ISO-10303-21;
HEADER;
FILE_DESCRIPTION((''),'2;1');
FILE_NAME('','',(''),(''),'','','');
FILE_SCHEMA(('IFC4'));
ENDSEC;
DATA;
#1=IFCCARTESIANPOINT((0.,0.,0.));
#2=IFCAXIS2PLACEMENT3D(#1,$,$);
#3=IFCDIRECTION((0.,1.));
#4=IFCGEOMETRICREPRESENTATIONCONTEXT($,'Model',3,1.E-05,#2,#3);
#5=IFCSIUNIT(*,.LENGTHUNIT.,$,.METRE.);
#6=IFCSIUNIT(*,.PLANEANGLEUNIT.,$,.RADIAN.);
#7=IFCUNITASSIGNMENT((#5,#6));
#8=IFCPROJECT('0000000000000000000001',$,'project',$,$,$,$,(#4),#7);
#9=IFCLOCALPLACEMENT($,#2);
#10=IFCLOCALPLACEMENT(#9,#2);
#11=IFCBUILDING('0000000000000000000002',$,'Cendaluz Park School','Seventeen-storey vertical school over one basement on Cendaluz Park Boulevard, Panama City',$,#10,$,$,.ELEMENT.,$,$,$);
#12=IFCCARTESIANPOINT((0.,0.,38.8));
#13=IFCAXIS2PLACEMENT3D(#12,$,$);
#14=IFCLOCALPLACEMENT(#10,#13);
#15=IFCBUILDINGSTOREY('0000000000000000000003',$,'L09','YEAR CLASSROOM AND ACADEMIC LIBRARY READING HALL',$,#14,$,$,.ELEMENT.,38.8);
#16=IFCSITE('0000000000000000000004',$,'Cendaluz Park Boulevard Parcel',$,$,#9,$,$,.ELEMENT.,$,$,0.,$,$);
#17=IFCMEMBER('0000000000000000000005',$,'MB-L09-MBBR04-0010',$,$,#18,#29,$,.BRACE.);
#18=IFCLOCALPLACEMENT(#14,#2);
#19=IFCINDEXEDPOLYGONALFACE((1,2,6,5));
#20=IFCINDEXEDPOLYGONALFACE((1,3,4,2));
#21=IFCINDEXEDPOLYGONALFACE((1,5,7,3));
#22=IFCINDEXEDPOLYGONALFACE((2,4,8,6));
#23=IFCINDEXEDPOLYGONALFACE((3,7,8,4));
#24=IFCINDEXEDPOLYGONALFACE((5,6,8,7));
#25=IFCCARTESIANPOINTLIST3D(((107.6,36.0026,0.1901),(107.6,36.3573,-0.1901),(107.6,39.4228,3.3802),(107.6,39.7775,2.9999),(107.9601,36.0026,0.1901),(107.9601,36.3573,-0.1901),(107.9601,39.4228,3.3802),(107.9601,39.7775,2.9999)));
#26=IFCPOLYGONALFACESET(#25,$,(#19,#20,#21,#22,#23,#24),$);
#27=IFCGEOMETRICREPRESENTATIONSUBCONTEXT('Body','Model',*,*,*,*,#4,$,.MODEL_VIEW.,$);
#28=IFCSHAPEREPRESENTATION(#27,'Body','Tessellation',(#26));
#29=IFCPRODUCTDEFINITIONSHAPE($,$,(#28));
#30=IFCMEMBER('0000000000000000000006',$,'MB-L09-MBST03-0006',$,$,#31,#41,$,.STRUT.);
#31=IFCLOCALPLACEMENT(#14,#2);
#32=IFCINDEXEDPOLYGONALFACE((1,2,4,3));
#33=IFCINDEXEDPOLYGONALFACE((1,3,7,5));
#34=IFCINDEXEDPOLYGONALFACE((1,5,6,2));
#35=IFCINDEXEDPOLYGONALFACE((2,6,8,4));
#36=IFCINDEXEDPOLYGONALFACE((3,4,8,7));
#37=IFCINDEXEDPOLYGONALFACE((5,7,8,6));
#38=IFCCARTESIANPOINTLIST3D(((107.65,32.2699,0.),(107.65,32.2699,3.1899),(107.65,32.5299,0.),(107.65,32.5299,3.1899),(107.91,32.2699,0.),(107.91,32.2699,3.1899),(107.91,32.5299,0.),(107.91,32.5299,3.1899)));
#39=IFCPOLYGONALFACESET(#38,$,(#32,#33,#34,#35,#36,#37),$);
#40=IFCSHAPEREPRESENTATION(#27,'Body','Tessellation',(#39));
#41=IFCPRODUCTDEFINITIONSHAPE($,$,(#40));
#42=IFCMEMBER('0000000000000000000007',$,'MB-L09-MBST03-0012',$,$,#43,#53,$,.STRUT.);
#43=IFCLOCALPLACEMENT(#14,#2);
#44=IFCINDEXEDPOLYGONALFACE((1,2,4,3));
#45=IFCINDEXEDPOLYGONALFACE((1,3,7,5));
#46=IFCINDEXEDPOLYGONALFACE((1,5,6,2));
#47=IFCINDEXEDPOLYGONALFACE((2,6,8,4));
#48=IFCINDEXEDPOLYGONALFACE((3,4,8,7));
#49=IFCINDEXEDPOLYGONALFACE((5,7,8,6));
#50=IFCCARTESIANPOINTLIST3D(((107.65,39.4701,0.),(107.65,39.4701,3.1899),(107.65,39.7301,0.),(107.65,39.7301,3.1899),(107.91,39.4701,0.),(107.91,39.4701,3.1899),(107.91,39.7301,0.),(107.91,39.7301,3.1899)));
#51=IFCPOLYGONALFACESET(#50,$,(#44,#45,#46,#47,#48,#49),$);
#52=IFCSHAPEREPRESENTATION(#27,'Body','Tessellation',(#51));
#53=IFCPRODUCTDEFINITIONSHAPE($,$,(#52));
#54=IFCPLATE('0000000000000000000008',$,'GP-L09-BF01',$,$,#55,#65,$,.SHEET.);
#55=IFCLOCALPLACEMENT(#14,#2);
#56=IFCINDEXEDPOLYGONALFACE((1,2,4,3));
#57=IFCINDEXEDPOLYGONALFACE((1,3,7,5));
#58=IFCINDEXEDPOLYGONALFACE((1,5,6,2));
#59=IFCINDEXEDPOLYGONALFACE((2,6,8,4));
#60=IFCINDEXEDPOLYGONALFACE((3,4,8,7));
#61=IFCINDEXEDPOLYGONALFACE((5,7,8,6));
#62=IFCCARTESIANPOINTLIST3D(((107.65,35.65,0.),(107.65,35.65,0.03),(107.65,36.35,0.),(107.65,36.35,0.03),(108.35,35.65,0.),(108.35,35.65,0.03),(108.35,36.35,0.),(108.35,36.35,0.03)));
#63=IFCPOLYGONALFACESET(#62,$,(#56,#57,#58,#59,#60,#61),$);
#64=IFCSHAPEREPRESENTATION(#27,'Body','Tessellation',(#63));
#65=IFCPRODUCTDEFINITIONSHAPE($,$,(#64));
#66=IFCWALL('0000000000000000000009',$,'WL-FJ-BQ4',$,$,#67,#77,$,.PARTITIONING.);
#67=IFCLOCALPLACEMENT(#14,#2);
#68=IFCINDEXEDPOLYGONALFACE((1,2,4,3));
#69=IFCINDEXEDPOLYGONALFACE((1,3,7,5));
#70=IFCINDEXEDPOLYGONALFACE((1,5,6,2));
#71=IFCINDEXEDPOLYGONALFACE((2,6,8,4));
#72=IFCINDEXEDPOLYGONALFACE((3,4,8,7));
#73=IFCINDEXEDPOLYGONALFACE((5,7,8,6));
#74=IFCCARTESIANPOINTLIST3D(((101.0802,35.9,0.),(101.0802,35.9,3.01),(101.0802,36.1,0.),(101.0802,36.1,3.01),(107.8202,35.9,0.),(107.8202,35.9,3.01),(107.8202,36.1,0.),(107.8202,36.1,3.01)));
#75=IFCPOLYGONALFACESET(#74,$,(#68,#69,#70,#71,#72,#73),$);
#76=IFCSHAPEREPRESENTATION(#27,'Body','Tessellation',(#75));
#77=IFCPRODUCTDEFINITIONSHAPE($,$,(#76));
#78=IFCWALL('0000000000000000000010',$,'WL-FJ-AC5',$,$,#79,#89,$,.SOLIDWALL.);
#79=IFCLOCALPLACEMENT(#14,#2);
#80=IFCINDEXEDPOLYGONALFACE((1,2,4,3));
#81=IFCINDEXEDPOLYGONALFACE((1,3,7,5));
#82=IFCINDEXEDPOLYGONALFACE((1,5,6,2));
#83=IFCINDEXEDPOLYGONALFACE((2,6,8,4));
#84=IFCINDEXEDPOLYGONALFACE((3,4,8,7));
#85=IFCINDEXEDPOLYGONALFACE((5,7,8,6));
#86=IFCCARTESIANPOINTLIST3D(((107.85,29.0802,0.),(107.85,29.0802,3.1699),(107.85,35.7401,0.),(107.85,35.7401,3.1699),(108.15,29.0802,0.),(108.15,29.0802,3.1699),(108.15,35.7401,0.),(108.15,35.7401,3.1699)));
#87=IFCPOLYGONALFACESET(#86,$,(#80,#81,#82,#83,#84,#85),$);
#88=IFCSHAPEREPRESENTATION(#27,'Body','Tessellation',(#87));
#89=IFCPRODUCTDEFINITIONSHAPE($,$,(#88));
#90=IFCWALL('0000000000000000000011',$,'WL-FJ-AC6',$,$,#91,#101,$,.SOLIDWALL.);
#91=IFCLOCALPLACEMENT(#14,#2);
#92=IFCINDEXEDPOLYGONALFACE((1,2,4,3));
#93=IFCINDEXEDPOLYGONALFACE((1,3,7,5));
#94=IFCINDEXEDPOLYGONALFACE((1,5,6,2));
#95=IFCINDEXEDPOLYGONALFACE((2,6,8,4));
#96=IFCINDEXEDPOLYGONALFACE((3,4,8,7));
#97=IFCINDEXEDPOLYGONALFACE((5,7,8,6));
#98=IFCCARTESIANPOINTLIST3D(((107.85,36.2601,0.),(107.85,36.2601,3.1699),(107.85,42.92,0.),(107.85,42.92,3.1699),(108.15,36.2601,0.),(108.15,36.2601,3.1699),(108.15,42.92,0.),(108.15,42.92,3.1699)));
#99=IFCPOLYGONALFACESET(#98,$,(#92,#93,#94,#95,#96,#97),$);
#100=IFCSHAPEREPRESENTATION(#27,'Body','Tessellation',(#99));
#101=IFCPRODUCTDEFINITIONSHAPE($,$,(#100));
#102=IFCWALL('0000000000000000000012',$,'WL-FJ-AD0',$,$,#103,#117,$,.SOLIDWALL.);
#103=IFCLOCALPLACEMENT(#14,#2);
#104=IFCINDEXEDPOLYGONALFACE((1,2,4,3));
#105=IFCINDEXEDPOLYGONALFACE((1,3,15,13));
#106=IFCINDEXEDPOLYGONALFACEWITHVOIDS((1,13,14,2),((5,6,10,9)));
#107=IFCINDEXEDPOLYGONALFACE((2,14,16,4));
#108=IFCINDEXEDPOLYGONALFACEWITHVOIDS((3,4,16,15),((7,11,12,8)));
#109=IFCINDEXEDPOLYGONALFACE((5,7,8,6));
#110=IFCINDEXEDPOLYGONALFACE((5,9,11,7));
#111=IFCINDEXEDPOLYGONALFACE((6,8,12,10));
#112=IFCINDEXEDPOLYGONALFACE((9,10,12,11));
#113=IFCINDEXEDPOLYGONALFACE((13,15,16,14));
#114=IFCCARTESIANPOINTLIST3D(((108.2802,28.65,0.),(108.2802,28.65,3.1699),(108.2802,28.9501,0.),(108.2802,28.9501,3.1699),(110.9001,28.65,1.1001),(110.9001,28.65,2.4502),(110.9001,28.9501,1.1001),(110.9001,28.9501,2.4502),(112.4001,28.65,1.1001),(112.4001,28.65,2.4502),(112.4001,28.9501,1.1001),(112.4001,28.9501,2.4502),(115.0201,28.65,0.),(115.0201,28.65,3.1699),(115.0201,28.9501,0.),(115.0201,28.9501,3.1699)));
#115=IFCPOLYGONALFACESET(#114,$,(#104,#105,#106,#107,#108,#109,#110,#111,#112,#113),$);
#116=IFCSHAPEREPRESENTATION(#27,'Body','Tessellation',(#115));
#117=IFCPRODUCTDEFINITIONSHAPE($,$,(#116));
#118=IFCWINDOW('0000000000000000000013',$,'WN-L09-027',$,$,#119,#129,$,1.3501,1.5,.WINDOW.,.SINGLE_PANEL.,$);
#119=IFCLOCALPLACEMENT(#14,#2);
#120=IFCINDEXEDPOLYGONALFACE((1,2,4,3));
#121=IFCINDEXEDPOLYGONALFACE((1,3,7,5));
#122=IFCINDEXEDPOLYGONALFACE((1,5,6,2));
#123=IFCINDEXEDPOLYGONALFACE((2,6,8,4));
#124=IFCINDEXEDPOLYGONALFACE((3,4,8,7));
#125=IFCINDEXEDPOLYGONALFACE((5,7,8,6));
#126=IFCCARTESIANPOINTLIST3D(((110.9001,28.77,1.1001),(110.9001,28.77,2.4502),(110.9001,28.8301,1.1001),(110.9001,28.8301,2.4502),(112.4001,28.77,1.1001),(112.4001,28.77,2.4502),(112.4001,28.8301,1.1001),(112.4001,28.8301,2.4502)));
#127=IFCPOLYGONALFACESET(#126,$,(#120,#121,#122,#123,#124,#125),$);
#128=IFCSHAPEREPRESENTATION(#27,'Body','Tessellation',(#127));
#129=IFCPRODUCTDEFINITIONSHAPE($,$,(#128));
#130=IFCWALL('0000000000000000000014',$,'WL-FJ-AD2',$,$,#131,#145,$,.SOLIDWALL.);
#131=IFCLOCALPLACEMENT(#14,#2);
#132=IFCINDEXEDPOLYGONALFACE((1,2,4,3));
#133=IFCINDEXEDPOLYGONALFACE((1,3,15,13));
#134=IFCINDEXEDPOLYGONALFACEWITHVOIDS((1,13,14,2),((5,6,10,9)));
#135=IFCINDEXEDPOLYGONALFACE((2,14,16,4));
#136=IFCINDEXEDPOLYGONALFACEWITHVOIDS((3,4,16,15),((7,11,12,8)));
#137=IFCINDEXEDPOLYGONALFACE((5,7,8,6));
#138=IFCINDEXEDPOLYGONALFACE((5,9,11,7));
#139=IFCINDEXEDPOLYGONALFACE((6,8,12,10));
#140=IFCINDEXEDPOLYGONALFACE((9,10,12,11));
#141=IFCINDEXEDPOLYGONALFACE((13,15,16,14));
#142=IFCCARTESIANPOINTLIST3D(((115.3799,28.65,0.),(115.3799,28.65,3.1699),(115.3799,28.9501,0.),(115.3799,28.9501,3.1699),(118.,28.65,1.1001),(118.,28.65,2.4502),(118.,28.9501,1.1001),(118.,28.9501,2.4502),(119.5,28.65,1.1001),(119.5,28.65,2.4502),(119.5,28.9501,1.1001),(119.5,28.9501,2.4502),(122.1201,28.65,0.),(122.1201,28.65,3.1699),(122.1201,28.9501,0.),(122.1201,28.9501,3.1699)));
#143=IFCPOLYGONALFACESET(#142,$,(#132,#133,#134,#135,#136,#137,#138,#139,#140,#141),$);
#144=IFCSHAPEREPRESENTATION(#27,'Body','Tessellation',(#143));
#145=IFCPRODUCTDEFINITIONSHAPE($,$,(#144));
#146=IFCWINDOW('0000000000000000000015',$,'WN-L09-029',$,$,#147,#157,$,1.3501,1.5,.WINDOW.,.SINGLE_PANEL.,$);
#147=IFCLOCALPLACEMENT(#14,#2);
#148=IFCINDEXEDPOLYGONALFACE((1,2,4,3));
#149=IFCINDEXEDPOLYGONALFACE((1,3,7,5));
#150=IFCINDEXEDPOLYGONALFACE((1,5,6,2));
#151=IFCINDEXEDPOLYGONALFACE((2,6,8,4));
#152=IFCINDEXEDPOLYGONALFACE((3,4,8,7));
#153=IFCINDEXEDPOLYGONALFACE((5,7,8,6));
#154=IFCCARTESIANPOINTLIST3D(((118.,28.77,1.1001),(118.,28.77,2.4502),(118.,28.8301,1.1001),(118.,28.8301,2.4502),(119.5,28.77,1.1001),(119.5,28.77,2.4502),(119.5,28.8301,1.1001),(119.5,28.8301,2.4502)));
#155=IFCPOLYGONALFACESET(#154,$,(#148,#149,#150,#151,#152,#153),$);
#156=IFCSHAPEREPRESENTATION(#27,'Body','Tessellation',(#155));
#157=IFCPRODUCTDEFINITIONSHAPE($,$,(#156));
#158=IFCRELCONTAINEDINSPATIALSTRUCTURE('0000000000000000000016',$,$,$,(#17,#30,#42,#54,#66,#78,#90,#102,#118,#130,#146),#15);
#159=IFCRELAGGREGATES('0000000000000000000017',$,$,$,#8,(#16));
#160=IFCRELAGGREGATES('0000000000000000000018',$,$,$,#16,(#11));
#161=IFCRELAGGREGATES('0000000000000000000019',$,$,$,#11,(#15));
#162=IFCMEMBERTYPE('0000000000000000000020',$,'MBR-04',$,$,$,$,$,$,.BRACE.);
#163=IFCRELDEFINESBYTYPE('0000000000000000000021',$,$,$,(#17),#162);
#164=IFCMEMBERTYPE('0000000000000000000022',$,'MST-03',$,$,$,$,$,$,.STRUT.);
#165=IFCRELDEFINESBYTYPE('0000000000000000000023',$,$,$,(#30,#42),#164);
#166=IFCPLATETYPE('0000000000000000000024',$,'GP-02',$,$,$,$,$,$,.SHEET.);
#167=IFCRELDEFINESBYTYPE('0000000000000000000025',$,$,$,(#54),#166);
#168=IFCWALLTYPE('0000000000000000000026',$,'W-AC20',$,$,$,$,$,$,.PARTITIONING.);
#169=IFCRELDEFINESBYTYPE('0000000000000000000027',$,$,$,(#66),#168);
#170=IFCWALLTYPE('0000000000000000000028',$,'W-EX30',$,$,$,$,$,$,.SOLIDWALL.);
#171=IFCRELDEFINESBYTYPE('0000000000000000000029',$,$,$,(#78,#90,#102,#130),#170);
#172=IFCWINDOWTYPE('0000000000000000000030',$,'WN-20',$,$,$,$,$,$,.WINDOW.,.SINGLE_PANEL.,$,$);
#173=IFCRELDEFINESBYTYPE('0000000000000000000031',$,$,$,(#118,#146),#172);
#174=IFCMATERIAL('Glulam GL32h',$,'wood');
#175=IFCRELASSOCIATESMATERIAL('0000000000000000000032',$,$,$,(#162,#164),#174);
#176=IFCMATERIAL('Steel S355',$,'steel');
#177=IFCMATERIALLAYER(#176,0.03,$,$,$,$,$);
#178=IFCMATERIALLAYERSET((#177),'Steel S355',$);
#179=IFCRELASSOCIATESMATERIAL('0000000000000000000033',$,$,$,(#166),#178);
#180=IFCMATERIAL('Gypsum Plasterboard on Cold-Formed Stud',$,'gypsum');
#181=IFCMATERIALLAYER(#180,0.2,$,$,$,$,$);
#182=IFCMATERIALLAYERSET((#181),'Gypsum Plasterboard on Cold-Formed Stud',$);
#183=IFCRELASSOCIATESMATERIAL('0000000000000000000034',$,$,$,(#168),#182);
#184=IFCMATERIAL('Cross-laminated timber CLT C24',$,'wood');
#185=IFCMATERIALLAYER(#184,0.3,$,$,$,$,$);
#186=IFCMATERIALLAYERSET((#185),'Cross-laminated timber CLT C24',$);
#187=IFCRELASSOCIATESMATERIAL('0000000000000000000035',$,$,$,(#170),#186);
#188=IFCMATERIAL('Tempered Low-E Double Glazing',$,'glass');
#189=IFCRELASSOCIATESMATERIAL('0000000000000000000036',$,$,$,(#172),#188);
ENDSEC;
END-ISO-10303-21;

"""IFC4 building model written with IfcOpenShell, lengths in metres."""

from ifc_helpers import new_model, si_unit, direction, frame, frame_2d, origin, origin_2d, place, context, subcontext, project, spatial, rectangle, extrude, material, layer, layer_set, material_profile, profile_set, type_object, element, fill, save


model = new_model("IFC4")

# Units and contexts
model_context = context("Model", 3, precision=1e-05, world=origin(), true_north=direction((0.0, 1.0)))
body_context = subcontext(model_context, "Body", "Model", "MODEL_VIEW")
ifc_project = project(units=[si_unit("LENGTHUNIT", "METRE"), si_unit("PLANEANGLEUNIT", "RADIAN")], contexts=[model_context])

# Site, building, storey
site_placement = place(None, origin())
site = spatial("IfcSite", under=ifc_project, at=site_placement, Name="Cendaluz Park Boulevard Parcel", CompositionType="ELEMENT", RefElevation=0.0)
building_placement = place(site_placement, origin())
building = spatial("IfcBuilding", under=site, at=building_placement, Name="Cendaluz Park School", Description="Seventeen-storey vertical school over one basement on Cendaluz Park Boulevard, Panama City", CompositionType="ELEMENT")
storey_placement = place(building_placement, frame((0.0, 0.0, 38.8)))
storey = spatial("IfcBuildingStorey", under=building, at=storey_placement, Name="L09", Description="YEAR CLASSROOM AND ACADEMIC LIBRARY READING HALL", CompositionType="ELEMENT", Elevation=38.8)

# Shared definitions
ifc_material_1 = material(Name="Glulam GL32h", Category="wood")

# Members
ifc_material_profile_1 = material_profile(ifc_material_1, rectangle(XDim=0.3601, YDim=0.52, at=origin_2d()), Name="GL32h 360x520", Category="wood")
ifc_profile_set_1 = profile_set([ifc_material_profile_1], Name="Glulam GL32h")
member_type_1 = type_object("IfcMemberType", Name="MBR-04", PredefinedType="BRACE", material=ifc_profile_set_1)
member_1_placement = place(storey_placement, frame((107.78, 36.1799, 0.0), z_axis=(0.0, 0.731291, 0.682065), x_axis=(-1.0, 0.0, 0.0)))
element("IfcMember", 1, at=member_1_placement, inside=storey, type_object=member_type_1, Name="MB-L09-MBBR04-0010", PredefinedType="BRACE", context=body_context, shape_type="SweptSolid", body=[
    extrude(rectangle(XDim=0.3601, YDim=0.52, at=origin_2d()), origin(), (0.0, 0.0, 1.0), 4.677),
])
ifc_material_profile_2 = material_profile(ifc_material_1, rectangle(XDim=0.26, YDim=0.26, at=origin_2d()), Name="GL32h 260x260", Category="wood")
ifc_profile_set_2 = profile_set([ifc_material_profile_2], Name="Glulam GL32h")
member_type_2 = type_object("IfcMemberType", Name="MST-03", PredefinedType="STRUT", material=ifc_profile_set_2)
for number, where, z_axis, x_axis, name in (
    (2, (107.78, 32.3999, 0.0), (0.0, 0.0, 1.0), (1.0, 0.0, 0.0), "MB-L09-MBST03-0006"),
    (3, (107.78, 39.6001, 0.0), (0.0, 0.0, 1.0), (1.0, 0.0, 0.0), "MB-L09-MBST03-0012"),
):
    element("IfcMember", number, at=place(storey_placement, frame(where, z_axis=z_axis, x_axis=x_axis)), inside=storey, type_object=member_type_2, Name=name, PredefinedType="STRUT", context=body_context, shape_type="SweptSolid", body=[
        extrude(rectangle(XDim=0.26, YDim=0.26, at=origin_2d()), origin(), (0.0, 0.0, 1.0), 3.1899),
    ])

# Plate
ifc_material_2 = material(Name="Steel S355", Category="steel")
ifc_layer_1 = layer(ifc_material_2, 0.03)
ifc_layer_set_1 = layer_set([ifc_layer_1], Name="Steel S355")
plate_type = type_object("IfcPlateType", Name="GP-02", PredefinedType="SHEET", material=ifc_layer_set_1)
plate_placement = place(storey_placement, frame((108.0, 36.0, 0.0), z_axis=(0.0, 0.0, 1.0), x_axis=(1.0, 0.0, 0.0)))
element("IfcPlate", 4, at=plate_placement, inside=storey, type_object=plate_type, Name="GP-L09-BF01", PredefinedType="SHEET", context=body_context, shape_type="SweptSolid", body=[
    extrude(rectangle(XDim=0.7, YDim=0.7, at=origin_2d()), origin(), (0.0, 0.0, 1.0), 0.03),
])

# Walls
ifc_material_3 = material(Name="Gypsum Plasterboard on Cold-Formed Stud", Category="gypsum")
ifc_layer_2 = layer(ifc_material_3, 0.2)
ifc_layer_set_2 = layer_set([ifc_layer_2], Name="Gypsum Plasterboard on Cold-Formed Stud")
wall_type_1 = type_object("IfcWallType", Name="W-AC20", PredefinedType="PARTITIONING", material=ifc_layer_set_2)
wall_1_placement = place(storey_placement, frame((101.0801, 36.0, 0.0), z_axis=(0.0, 0.0, 1.0), x_axis=(1.0, 0.0, 0.0)))
element("IfcWall", 5, at=wall_1_placement, inside=storey, type_object=wall_type_1, Name="WL-FJ-BQ4", PredefinedType="PARTITIONING", context=body_context, shape_type="SweptSolid", body=[
    extrude(rectangle(XDim=6.74, YDim=0.2, at=frame_2d((3.3701, 0.0))), origin(), (0.0, 0.0, 1.0), 3.01),
])
ifc_material_4 = material(Name="Cross-laminated timber CLT C24", Category="wood")
ifc_layer_3 = layer(ifc_material_4, 0.3)
ifc_layer_set_3 = layer_set([ifc_layer_3], Name="Cross-laminated timber CLT C24")
wall_type_2 = type_object("IfcWallType", Name="W-EX30", PredefinedType="SOLIDWALL", material=ifc_layer_set_3)
for number, where, z_axis, x_axis, name in (
    (6, (108.0, 29.0801, 0.0), (0.0, 0.0, 1.0), (0.0, 1.0, 0.0), "WL-FJ-AC5"),
    (7, (108.0, 36.26, 0.0), (0.0, 0.0, 1.0), (0.0, 1.0, 0.0), "WL-FJ-AC6"),
):
    element("IfcWall", number, at=place(storey_placement, frame(where, z_axis=z_axis, x_axis=x_axis)), inside=storey, type_object=wall_type_2, Name=name, PredefinedType="SOLIDWALL", context=body_context, shape_type="SweptSolid", body=[
        extrude(rectangle(XDim=6.6599, YDim=0.3, at=frame_2d((3.3301, 0.0))), origin(), (0.0, 0.0, 1.0), 3.1699),
    ])

# Walls, openings, windows
wall_2_placement = place(storey_placement, frame((108.28, 28.8, 0.0), z_axis=(0.0, 0.0, 1.0), x_axis=(1.0, 0.0, 0.0)))
wall_2 = element("IfcWall", 8, at=wall_2_placement, inside=storey, type_object=wall_type_2, Name="WL-FJ-AD0", PredefinedType="SOLIDWALL", context=body_context, shape_type="SweptSolid", body=[
    extrude(rectangle(XDim=6.74, YDim=0.3, at=frame_2d((3.3701, 0.0))), origin(), (0.0, 0.0, 1.0), 3.1699),
])
opening_1_placement = place(wall_2_placement, frame((2.6201, 0.0, 1.1001)))
opening_1 = element("IfcOpeningElement", 9, at=opening_1_placement, cuts=wall_2, PredefinedType="OPENING", context=body_context, shape_type="SweptSolid", body=[
    extrude(rectangle(XDim=1.5, YDim=1.3501, at=frame_2d((0.75, 0.675))), frame((0.0, 0.1621, 0.0), z_axis=(0.0, -1.0, 0.0), x_axis=(1.0, 0.0, 0.0)), (0.0, 0.0, 1.0), 0.324),
])
ifc_material_5 = material(Name="Tempered Low-E Double Glazing", Category="glass")
window_type = type_object("IfcWindowType", Name="WN-20", PartitioningType="SINGLE_PANEL", PredefinedType="WINDOW", material=ifc_material_5)
window_1_placement = place(opening_1_placement, origin())
window_1 = element("IfcWindow", 10, at=window_1_placement, inside=storey, type_object=window_type, Name="WN-L09-027", OverallHeight=1.3501, OverallWidth=1.5, PartitioningType="SINGLE_PANEL", PredefinedType="WINDOW", context=body_context, shape_type="SweptSolid", body=[
    extrude(rectangle(XDim=1.5, YDim=1.3501, at=frame_2d((0.75, 0.675))), frame((0.0, 0.03, 0.0), z_axis=(0.0, -1.0, 0.0), x_axis=(1.0, 0.0, 0.0)), (0.0, 0.0, 1.0), 0.0601),
])
fill(opening_1, window_1)
wall_3_placement = place(storey_placement, frame((115.3799, 28.8, 0.0), z_axis=(0.0, 0.0, 1.0), x_axis=(1.0, 0.0, 0.0)))
wall_3 = element("IfcWall", 11, at=wall_3_placement, inside=storey, type_object=wall_type_2, Name="WL-FJ-AD2", PredefinedType="SOLIDWALL", context=body_context, shape_type="SweptSolid", body=[
    extrude(rectangle(XDim=6.7402, YDim=0.3, at=frame_2d((3.3701, 0.0))), origin(), (0.0, 0.0, 1.0), 3.1699),
])
opening_2_placement = place(wall_3_placement, frame((2.6201, 0.0, 1.1001)))
opening_2 = element("IfcOpeningElement", 12, at=opening_2_placement, cuts=wall_3, PredefinedType="OPENING", context=body_context, shape_type="SweptSolid", body=[
    extrude(rectangle(XDim=1.5, YDim=1.3501, at=frame_2d((0.75, 0.675))), frame((0.0, 0.1621, 0.0), z_axis=(0.0, -1.0, 0.0), x_axis=(1.0, 0.0, 0.0)), (0.0, 0.0, 1.0), 0.324),
])
window_2_placement = place(opening_2_placement, origin())
window_2 = element("IfcWindow", 13, at=window_2_placement, inside=storey, type_object=window_type, Name="WN-L09-029", OverallHeight=1.3501, OverallWidth=1.5, PartitioningType="SINGLE_PANEL", PredefinedType="WINDOW", context=body_context, shape_type="SweptSolid", body=[
    extrude(rectangle(XDim=1.5, YDim=1.3501, at=frame_2d((0.75, 0.675))), frame((0.0, 0.03, 0.0), z_axis=(0.0, -1.0, 0.0), x_axis=(1.0, 0.0, 0.0)), (0.0, 0.0, 1.0), 0.0601),
])
fill(opening_2, window_2)

save(model, "model.ifc")
